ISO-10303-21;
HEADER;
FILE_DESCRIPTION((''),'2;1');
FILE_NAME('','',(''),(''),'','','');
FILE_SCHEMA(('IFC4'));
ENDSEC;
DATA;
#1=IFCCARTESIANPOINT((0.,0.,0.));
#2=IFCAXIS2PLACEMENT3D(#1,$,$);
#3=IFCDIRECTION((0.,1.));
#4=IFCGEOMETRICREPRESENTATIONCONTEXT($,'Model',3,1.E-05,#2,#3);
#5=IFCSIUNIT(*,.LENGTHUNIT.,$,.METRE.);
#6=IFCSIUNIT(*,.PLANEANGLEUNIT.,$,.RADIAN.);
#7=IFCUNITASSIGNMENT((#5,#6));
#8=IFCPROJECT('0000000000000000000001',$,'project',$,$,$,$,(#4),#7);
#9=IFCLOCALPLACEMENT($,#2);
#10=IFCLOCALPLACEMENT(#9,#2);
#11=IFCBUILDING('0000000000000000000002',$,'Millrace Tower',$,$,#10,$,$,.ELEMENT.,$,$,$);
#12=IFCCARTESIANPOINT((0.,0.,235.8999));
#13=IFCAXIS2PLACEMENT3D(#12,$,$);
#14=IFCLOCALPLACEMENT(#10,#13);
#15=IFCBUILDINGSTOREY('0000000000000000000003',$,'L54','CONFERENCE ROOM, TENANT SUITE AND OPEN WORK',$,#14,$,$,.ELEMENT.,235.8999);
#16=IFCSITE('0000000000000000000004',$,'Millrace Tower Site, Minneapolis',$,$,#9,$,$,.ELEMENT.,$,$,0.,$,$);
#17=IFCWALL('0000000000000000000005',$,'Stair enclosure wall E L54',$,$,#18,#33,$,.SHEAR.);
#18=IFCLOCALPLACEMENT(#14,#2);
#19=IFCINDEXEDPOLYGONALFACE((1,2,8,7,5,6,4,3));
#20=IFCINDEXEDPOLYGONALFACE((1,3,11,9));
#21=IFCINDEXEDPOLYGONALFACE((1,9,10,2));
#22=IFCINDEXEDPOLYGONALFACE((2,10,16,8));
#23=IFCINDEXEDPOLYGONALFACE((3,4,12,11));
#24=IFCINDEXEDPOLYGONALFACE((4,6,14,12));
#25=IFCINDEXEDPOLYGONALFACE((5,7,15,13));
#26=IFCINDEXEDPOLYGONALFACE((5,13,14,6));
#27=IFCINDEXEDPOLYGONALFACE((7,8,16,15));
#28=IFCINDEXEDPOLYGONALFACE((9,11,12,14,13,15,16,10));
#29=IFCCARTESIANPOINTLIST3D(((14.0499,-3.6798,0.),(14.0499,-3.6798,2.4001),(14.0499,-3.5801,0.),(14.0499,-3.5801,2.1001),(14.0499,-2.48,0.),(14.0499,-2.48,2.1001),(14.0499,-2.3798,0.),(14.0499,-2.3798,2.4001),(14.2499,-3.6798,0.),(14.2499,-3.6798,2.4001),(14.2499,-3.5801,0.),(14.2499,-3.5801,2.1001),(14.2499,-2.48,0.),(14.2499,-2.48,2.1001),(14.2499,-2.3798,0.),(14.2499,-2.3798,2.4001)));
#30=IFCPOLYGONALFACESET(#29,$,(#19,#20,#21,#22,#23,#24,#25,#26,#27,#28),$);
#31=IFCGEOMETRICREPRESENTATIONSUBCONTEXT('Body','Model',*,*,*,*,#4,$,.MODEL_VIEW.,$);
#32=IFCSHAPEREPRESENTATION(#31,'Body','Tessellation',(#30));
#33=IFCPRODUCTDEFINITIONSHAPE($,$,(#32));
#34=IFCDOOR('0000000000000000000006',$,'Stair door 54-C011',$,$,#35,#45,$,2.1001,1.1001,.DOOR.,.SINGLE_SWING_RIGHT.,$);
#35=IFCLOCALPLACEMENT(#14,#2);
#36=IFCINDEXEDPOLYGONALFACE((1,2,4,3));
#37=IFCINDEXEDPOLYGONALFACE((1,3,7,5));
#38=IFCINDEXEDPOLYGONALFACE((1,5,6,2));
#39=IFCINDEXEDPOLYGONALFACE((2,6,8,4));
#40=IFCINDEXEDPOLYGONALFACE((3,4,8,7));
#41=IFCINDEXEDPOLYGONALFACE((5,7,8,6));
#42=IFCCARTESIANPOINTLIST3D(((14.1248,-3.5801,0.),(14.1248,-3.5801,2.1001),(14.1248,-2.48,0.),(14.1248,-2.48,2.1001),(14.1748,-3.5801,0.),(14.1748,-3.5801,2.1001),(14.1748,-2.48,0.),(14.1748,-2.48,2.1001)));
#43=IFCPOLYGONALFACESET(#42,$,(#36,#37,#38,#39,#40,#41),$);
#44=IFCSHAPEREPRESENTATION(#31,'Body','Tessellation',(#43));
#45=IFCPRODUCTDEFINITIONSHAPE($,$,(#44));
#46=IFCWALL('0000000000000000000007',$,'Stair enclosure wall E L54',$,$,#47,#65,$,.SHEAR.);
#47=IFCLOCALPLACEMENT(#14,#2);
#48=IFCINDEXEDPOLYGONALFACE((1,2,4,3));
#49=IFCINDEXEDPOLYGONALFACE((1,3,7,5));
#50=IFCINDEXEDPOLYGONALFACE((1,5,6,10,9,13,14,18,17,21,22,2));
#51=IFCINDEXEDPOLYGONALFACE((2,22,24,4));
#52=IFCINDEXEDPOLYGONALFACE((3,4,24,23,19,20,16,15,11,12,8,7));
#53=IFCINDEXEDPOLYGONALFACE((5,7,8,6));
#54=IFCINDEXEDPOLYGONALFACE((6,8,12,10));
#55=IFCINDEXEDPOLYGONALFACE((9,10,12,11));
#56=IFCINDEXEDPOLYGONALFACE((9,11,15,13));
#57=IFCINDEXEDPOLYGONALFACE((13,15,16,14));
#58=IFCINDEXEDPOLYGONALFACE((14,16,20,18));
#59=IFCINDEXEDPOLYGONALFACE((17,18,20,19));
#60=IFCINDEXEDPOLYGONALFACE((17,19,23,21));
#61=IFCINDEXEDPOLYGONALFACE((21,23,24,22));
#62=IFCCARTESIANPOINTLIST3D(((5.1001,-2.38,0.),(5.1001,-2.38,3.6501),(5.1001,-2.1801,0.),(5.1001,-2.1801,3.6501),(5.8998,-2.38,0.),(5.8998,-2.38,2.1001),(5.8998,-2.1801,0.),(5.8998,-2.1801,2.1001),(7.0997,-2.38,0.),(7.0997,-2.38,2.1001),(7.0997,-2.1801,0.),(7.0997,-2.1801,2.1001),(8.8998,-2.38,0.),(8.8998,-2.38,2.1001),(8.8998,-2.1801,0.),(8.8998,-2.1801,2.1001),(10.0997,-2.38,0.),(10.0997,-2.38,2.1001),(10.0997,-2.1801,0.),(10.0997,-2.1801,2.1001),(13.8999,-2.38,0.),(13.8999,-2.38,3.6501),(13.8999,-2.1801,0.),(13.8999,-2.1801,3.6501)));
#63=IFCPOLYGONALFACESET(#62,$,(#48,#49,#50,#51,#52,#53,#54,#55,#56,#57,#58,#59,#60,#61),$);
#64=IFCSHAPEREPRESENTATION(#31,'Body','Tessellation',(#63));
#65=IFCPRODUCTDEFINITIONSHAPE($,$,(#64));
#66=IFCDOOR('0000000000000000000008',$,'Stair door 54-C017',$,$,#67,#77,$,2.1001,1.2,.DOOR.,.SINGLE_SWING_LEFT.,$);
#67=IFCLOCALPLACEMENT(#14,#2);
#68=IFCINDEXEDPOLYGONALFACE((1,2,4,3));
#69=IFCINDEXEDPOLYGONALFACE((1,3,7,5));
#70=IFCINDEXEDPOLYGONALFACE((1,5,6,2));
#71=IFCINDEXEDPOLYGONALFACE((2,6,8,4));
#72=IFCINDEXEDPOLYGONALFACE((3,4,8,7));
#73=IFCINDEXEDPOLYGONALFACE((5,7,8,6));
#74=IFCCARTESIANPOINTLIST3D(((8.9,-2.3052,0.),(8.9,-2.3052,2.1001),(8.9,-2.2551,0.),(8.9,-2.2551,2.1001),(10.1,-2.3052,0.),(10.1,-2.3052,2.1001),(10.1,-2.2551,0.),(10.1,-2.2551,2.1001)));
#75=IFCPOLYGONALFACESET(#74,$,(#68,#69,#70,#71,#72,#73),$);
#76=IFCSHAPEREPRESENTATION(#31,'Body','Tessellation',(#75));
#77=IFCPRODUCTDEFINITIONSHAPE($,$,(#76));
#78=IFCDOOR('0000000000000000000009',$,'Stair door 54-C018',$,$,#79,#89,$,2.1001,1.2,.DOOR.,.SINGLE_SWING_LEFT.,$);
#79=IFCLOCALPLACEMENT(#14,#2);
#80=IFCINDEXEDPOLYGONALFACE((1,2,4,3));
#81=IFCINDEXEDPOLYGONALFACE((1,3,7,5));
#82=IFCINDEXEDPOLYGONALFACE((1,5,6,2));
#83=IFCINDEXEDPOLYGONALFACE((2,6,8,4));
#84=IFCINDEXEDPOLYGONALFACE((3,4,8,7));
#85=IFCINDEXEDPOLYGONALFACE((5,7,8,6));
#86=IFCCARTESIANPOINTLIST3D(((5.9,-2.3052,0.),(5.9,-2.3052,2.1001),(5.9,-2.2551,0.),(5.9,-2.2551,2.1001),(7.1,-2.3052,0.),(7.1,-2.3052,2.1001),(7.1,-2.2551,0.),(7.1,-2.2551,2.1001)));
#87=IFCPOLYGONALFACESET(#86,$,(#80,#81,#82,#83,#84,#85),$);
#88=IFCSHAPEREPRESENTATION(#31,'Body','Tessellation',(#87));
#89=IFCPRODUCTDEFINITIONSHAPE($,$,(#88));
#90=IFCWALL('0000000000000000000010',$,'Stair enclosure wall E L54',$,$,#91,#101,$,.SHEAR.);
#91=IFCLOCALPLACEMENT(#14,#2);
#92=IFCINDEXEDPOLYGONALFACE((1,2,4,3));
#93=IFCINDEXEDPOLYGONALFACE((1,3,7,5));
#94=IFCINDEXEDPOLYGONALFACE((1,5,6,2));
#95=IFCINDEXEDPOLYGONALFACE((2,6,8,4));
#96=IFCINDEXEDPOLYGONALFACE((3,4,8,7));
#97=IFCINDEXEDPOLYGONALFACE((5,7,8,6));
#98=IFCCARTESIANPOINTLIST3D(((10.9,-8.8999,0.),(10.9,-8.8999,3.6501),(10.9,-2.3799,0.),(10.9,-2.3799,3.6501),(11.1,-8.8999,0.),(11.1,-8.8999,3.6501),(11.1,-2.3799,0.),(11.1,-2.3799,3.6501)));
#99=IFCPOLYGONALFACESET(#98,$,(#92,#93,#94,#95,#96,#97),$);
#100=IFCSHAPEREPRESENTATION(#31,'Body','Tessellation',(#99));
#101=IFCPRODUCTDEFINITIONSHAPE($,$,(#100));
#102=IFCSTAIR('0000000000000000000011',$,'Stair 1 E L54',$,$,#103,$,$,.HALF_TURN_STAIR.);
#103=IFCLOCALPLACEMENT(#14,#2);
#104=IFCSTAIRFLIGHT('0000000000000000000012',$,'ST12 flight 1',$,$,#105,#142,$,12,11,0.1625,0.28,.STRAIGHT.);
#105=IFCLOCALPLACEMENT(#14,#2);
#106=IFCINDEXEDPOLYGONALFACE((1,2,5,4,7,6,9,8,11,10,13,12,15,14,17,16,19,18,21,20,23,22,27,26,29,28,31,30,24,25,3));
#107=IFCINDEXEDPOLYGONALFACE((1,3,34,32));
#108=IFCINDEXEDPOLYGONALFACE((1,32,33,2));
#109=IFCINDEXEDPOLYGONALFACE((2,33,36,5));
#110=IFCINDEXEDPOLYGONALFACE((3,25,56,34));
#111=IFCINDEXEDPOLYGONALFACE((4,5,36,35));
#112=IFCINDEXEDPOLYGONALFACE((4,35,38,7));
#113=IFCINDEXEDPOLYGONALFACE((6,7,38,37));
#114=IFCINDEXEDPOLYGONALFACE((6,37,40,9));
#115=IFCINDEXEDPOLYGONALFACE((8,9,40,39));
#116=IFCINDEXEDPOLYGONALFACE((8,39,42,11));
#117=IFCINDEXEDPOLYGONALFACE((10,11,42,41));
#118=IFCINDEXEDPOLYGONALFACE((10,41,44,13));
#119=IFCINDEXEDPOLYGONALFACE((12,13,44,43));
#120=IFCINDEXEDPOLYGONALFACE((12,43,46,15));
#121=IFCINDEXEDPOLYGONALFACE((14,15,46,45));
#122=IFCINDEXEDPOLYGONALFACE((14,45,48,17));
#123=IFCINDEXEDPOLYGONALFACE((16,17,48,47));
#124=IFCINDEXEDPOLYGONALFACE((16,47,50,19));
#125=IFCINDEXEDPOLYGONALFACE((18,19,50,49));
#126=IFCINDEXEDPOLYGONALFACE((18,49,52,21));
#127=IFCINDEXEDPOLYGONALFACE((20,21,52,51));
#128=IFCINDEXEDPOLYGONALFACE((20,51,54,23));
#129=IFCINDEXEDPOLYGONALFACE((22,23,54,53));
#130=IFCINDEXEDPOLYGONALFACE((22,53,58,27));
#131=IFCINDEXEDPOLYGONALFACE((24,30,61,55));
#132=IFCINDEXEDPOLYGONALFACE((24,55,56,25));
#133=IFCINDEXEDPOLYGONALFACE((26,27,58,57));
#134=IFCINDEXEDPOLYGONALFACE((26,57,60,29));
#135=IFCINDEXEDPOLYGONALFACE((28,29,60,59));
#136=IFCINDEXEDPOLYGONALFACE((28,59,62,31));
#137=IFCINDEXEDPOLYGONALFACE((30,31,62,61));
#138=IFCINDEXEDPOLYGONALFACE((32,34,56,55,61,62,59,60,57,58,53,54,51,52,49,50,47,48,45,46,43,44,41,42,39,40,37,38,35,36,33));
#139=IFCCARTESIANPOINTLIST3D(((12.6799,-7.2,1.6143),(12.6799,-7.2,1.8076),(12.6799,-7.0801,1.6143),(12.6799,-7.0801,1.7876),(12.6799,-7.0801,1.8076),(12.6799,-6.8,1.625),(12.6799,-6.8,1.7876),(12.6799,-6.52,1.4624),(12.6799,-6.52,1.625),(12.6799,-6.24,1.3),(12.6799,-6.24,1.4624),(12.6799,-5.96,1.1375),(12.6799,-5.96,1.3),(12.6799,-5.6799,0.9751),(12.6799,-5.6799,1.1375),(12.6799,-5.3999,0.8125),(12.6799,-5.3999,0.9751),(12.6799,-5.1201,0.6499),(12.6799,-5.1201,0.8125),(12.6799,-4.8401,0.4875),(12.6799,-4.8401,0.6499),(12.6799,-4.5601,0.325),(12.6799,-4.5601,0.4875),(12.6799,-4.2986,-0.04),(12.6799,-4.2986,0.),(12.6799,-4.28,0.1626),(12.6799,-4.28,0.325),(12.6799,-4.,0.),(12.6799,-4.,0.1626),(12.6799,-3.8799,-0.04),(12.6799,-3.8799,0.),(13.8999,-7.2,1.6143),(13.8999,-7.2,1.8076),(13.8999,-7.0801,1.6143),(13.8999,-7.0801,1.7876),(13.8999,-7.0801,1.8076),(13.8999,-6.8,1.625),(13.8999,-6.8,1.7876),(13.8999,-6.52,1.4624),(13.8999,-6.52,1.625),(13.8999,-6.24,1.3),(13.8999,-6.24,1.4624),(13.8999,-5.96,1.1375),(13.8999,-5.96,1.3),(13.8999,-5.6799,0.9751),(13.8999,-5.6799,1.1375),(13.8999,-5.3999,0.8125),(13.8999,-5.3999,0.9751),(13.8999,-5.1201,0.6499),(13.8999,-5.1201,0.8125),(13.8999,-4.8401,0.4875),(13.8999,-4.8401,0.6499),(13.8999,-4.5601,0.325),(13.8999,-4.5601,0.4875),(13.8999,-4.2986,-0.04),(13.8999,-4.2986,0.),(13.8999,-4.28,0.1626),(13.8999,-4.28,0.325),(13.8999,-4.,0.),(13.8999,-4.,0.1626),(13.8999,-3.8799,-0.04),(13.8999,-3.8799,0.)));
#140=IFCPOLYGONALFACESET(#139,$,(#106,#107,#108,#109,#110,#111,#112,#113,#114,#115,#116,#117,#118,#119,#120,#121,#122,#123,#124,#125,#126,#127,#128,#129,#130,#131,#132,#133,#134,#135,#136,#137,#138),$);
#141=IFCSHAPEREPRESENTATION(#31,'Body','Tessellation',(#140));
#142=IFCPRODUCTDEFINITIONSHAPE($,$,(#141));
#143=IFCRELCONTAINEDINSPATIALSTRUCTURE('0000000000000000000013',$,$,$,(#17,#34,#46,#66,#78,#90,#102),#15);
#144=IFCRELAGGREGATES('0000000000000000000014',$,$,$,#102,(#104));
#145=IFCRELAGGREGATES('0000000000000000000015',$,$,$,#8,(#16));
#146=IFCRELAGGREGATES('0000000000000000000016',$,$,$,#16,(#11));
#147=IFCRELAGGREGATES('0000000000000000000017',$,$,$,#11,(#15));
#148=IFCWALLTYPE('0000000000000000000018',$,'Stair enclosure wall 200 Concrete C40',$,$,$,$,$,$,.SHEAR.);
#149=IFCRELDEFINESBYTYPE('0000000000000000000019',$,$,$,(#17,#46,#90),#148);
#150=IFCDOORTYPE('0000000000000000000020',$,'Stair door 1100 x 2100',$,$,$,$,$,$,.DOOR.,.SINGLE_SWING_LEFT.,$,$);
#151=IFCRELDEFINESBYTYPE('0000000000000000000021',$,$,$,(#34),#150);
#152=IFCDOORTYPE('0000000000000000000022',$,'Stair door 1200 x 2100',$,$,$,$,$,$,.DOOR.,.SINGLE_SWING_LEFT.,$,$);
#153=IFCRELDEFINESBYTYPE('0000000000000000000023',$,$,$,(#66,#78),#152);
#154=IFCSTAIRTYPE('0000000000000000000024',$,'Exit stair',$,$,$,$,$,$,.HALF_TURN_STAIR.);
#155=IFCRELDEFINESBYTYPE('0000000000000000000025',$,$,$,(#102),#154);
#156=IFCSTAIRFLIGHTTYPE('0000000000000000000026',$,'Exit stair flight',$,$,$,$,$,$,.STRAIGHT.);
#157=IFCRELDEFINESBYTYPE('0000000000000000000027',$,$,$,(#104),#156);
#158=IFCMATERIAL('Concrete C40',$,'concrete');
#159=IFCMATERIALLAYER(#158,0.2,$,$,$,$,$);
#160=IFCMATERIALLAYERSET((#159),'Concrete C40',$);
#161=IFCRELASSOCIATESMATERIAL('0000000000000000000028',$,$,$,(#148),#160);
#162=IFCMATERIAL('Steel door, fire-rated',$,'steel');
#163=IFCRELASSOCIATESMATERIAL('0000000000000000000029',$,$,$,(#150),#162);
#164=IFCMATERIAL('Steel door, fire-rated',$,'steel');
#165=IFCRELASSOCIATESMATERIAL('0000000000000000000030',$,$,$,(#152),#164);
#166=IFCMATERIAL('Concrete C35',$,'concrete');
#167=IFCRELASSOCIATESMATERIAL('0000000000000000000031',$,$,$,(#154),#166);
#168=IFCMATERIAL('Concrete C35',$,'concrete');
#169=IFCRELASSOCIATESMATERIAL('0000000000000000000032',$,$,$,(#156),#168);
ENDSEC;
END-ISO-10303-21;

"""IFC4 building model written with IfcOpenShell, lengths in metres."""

from ifc_helpers import new_model, si_unit, direction, frame, frame_2d, origin, place, context, subcontext, project, spatial, polyline, rectangle, outline, extrude, material, layer, layer_set, type_object, element, fill, aggregate, save


model = new_model("IFC4")

# Units and contexts
model_context = context("Model", 3, precision=1e-05, world=origin(), true_north=direction((0.0, 1.0)))
body_context = subcontext(model_context, "Body", "Model", "MODEL_VIEW")
ifc_project = project(units=[si_unit("LENGTHUNIT", "METRE"), si_unit("PLANEANGLEUNIT", "RADIAN")], contexts=[model_context])

# Site, building, storey
site_placement = place(None, origin())
site = spatial("IfcSite", under=ifc_project, at=site_placement, Name="Millrace Tower Site, Minneapolis", CompositionType="ELEMENT", RefElevation=0.0)
building_placement = place(site_placement, origin())
building = spatial("IfcBuilding", under=site, at=building_placement, Name="Millrace Tower", CompositionType="ELEMENT")
storey_placement = place(building_placement, frame((0.0, 0.0, 235.8999)))
storey = spatial("IfcBuildingStorey", under=building, at=storey_placement, Name="L54", Description="CONFERENCE ROOM, TENANT SUITE AND OPEN WORK", CompositionType="ELEMENT", Elevation=235.8999)

# Shared definitions
placement = place(storey_placement, origin())

# Wall, opening, door
ifc_material_1 = material(Name="Concrete C40", Category="concrete")
ifc_layer_1 = layer(ifc_material_1, 0.2)
ifc_layer_set_1 = layer_set([ifc_layer_1], Name="Concrete C40")
wall_type_1 = type_object("IfcWallType", Name="Stair enclosure wall 200 Concrete C40", PredefinedType="SHEAR", material=ifc_layer_set_1)
wall_1_placement = place(storey_placement, frame((14.1499, -2.3799, 0.0), z_axis=(0.0, 0.0, 1.0), x_axis=(0.0, -1.0, 0.0)))
wall_1 = element("IfcWall", 1, at=wall_1_placement, inside=storey, type_object=wall_type_1, Name="Stair enclosure wall E L54", PredefinedType="SHEAR", context=body_context, shape_type="SweptSolid", body=[
    extrude(rectangle(XDim=1.3, YDim=0.2, at=frame_2d((0.6499, 0.0))), origin(), (0.0, 0.0, 1.0), 2.4001),
])
opening_1_placement = place(wall_1_placement, frame((0.1001, 0.0, 0.0)))
opening_1 = element("IfcOpeningElement", 2, at=opening_1_placement, cuts=wall_1, PredefinedType="OPENING", context=body_context, shape_type="SweptSolid", body=[
    extrude(rectangle(XDim=1.1001, YDim=2.1001, at=frame_2d((0.55, 1.05))), frame((0.0, 0.1099, 0.0), z_axis=(0.0, -1.0, 0.0), x_axis=(1.0, 0.0, 0.0)), (0.0, 0.0, 1.0), 0.22),
])
ifc_material_2 = material(Name="Steel door, fire-rated", Category="steel")
door_type_1 = type_object("IfcDoorType", Name="Stair door 1100 x 2100", OperationType="SINGLE_SWING_LEFT", PredefinedType="DOOR", material=ifc_material_2)
door_1_placement = place(opening_1_placement, origin())
door_1 = element("IfcDoor", 3, at=door_1_placement, inside=storey, type_object=door_type_1, Name="Stair door 54-C011", OperationType="SINGLE_SWING_RIGHT", OverallHeight=2.1001, OverallWidth=1.1001, PredefinedType="DOOR", context=body_context, shape_type="SweptSolid", body=[
    extrude(rectangle(XDim=1.1001, YDim=2.1001, at=frame_2d((0.55, 1.05))), frame((0.0, 0.0249, 0.0), z_axis=(0.0, -1.0, 0.0), x_axis=(1.0, 0.0, 0.0)), (0.0, 0.0, 1.0), 0.05),
])
fill(opening_1, door_1)

# Wall, openings, doors
wall_2_placement = place(storey_placement, frame((13.8999, -2.28, 0.0), z_axis=(0.0, 0.0, 1.0), x_axis=(-1.0, 0.0, 0.0)))
wall_2 = element("IfcWall", 4, at=wall_2_placement, inside=storey, type_object=wall_type_1, Name="Stair enclosure wall E L54", PredefinedType="SHEAR", context=body_context, shape_type="SweptSolid", body=[
    extrude(rectangle(XDim=8.7998, YDim=0.2, at=frame_2d((4.3999, 0.0))), origin(), (0.0, 0.0, 1.0), 3.6501),
])
opening_2_placement = place(wall_2_placement, frame((3.8, 0.0, 0.0)))
opening_2 = element("IfcOpeningElement", 5, at=opening_2_placement, cuts=wall_2, PredefinedType="OPENING", context=body_context, shape_type="SweptSolid", body=[
    extrude(rectangle(XDim=1.2, YDim=2.1001, at=frame_2d((0.6001, 1.05))), frame((0.0, 0.1099, 0.0), z_axis=(0.0, -1.0, 0.0), x_axis=(1.0, 0.0, 0.0)), (0.0, 0.0, 1.0), 0.22),
])
opening_3_placement = place(wall_2_placement, frame((6.8, 0.0, 0.0)))
opening_3 = element("IfcOpeningElement", 6, at=opening_3_placement, cuts=wall_2, PredefinedType="OPENING", context=body_context, shape_type="SweptSolid", body=[
    extrude(rectangle(XDim=1.2, YDim=2.1001, at=frame_2d((0.6001, 1.05))), frame((0.0, 0.1099, 0.0), z_axis=(0.0, -1.0, 0.0), x_axis=(1.0, 0.0, 0.0)), (0.0, 0.0, 1.0), 0.22),
])
ifc_material_3 = material(Name="Steel door, fire-rated", Category="steel")
door_type_2 = type_object("IfcDoorType", Name="Stair door 1200 x 2100", OperationType="SINGLE_SWING_LEFT", PredefinedType="DOOR", material=ifc_material_3)
door_2_placement = place(opening_2_placement, frame((1.2, 0.0, 0.0), z_axis=(0.0, 0.0, 1.0), x_axis=(-1.0, 0.0, 0.0)))
door_2 = element("IfcDoor", 7, at=door_2_placement, inside=storey, type_object=door_type_2, Name="Stair door 54-C017", OperationType="SINGLE_SWING_LEFT", OverallHeight=2.1001, OverallWidth=1.2, PredefinedType="DOOR", context=body_context, shape_type="SweptSolid", body=[
    extrude(rectangle(XDim=1.2, YDim=2.1001, at=frame_2d((0.6001, 1.05))), frame((0.0, 0.0249, 0.0), z_axis=(0.0, -1.0, 0.0), x_axis=(1.0, 0.0, 0.0)), (0.0, 0.0, 1.0), 0.05),
])
fill(opening_2, door_2)
door_3_placement = place(opening_3_placement, frame((1.2, 0.0, 0.0), z_axis=(0.0, 0.0, 1.0), x_axis=(-1.0, 0.0, 0.0)))
door_3 = element("IfcDoor", 8, at=door_3_placement, inside=storey, type_object=door_type_2, Name="Stair door 54-C018", OperationType="SINGLE_SWING_LEFT", OverallHeight=2.1001, OverallWidth=1.2, PredefinedType="DOOR", context=body_context, shape_type="SweptSolid", body=[
    extrude(rectangle(XDim=1.2, YDim=2.1001, at=frame_2d((0.6001, 1.05))), frame((0.0, 0.0249, 0.0), z_axis=(0.0, -1.0, 0.0), x_axis=(1.0, 0.0, 0.0)), (0.0, 0.0, 1.0), 0.05),
])
fill(opening_3, door_3)

# Wall
wall_3_placement = place(storey_placement, frame((11.0, -2.3799, 0.0), z_axis=(0.0, 0.0, 1.0), x_axis=(0.0, -1.0, 0.0)))
element("IfcWall", 9, at=wall_3_placement, inside=storey, type_object=wall_type_1, Name="Stair enclosure wall E L54", PredefinedType="SHEAR", context=body_context, shape_type="SweptSolid", body=[
    extrude(rectangle(XDim=6.52, YDim=0.2, at=frame_2d((3.26, 0.0))), origin(), (0.0, 0.0, 1.0), 3.6501),
])

# Stair, stair flight
ifc_material_4 = material(Name="Concrete C35", Category="concrete")
stair_type = type_object("IfcStairType", Name="Exit stair", PredefinedType="HALF_TURN_STAIR", material=ifc_material_4)
stair_1 = element("IfcStair", 10, at=placement, inside=storey, type_object=stair_type, Name="Stair 1 E L54", PredefinedType="HALF_TURN_STAIR")
ifc_material_5 = material(Name="Concrete C35", Category="concrete")
stair_flight_type = type_object("IfcStairFlightType", Name="Exit stair flight", PredefinedType="STRAIGHT", material=ifc_material_5)
stair_flight_1_placement = place(storey_placement, frame((13.29, -4.0, 0.0), z_axis=(0.0, 0.0, 1.0), x_axis=(0.0, -1.0, 0.0)))
stair_flight_1 = element("IfcStairFlight", 11, at=stair_flight_1_placement, type_object=stair_flight_type, Name="ST12 flight 1", NumberOfRisers=12, NumberOfTreads=11, PredefinedType="STRAIGHT", RiserHeight=0.1625, TreadLength=0.28, context=body_context, shape_type="SweptSolid", body=[
    extrude(outline(polyline([(-0.1201, -0.04), (-0.1201, 0.0), (0.0, 0.0), (0.0, 0.1626), (0.28, 0.1626), (0.28, 0.325), (0.5601, 0.325), (0.5601, 0.4875), (0.8401, 0.4875), (0.8401, 0.6499), (1.1201, 0.6499), (1.1201, 0.8125), (1.3999, 0.8125), (1.3999, 0.9751), (1.6799, 0.9751), (1.6799, 1.1375), (1.96, 1.1375), (1.96, 1.3), (2.24, 1.3), (2.24, 1.4624), (2.52, 1.4624), (2.52, 1.625), (2.8, 1.625), (2.8, 1.7876), (3.0801, 1.7876), (3.0801, 1.8076), (3.2, 1.8076), (3.2, 1.6143), (3.0801, 1.6143), (0.2986, 0.0), (0.2986, -0.04), (-0.1201, -0.04)])), frame((0.0, 0.6099, 0.0), z_axis=(0.0, -1.0, 0.0), x_axis=(1.0, 0.0, 0.0)), (0.0, 0.0, 1.0), 1.22),
])
aggregate(stair_1, [stair_flight_1])

save(model, "model.ifc")
